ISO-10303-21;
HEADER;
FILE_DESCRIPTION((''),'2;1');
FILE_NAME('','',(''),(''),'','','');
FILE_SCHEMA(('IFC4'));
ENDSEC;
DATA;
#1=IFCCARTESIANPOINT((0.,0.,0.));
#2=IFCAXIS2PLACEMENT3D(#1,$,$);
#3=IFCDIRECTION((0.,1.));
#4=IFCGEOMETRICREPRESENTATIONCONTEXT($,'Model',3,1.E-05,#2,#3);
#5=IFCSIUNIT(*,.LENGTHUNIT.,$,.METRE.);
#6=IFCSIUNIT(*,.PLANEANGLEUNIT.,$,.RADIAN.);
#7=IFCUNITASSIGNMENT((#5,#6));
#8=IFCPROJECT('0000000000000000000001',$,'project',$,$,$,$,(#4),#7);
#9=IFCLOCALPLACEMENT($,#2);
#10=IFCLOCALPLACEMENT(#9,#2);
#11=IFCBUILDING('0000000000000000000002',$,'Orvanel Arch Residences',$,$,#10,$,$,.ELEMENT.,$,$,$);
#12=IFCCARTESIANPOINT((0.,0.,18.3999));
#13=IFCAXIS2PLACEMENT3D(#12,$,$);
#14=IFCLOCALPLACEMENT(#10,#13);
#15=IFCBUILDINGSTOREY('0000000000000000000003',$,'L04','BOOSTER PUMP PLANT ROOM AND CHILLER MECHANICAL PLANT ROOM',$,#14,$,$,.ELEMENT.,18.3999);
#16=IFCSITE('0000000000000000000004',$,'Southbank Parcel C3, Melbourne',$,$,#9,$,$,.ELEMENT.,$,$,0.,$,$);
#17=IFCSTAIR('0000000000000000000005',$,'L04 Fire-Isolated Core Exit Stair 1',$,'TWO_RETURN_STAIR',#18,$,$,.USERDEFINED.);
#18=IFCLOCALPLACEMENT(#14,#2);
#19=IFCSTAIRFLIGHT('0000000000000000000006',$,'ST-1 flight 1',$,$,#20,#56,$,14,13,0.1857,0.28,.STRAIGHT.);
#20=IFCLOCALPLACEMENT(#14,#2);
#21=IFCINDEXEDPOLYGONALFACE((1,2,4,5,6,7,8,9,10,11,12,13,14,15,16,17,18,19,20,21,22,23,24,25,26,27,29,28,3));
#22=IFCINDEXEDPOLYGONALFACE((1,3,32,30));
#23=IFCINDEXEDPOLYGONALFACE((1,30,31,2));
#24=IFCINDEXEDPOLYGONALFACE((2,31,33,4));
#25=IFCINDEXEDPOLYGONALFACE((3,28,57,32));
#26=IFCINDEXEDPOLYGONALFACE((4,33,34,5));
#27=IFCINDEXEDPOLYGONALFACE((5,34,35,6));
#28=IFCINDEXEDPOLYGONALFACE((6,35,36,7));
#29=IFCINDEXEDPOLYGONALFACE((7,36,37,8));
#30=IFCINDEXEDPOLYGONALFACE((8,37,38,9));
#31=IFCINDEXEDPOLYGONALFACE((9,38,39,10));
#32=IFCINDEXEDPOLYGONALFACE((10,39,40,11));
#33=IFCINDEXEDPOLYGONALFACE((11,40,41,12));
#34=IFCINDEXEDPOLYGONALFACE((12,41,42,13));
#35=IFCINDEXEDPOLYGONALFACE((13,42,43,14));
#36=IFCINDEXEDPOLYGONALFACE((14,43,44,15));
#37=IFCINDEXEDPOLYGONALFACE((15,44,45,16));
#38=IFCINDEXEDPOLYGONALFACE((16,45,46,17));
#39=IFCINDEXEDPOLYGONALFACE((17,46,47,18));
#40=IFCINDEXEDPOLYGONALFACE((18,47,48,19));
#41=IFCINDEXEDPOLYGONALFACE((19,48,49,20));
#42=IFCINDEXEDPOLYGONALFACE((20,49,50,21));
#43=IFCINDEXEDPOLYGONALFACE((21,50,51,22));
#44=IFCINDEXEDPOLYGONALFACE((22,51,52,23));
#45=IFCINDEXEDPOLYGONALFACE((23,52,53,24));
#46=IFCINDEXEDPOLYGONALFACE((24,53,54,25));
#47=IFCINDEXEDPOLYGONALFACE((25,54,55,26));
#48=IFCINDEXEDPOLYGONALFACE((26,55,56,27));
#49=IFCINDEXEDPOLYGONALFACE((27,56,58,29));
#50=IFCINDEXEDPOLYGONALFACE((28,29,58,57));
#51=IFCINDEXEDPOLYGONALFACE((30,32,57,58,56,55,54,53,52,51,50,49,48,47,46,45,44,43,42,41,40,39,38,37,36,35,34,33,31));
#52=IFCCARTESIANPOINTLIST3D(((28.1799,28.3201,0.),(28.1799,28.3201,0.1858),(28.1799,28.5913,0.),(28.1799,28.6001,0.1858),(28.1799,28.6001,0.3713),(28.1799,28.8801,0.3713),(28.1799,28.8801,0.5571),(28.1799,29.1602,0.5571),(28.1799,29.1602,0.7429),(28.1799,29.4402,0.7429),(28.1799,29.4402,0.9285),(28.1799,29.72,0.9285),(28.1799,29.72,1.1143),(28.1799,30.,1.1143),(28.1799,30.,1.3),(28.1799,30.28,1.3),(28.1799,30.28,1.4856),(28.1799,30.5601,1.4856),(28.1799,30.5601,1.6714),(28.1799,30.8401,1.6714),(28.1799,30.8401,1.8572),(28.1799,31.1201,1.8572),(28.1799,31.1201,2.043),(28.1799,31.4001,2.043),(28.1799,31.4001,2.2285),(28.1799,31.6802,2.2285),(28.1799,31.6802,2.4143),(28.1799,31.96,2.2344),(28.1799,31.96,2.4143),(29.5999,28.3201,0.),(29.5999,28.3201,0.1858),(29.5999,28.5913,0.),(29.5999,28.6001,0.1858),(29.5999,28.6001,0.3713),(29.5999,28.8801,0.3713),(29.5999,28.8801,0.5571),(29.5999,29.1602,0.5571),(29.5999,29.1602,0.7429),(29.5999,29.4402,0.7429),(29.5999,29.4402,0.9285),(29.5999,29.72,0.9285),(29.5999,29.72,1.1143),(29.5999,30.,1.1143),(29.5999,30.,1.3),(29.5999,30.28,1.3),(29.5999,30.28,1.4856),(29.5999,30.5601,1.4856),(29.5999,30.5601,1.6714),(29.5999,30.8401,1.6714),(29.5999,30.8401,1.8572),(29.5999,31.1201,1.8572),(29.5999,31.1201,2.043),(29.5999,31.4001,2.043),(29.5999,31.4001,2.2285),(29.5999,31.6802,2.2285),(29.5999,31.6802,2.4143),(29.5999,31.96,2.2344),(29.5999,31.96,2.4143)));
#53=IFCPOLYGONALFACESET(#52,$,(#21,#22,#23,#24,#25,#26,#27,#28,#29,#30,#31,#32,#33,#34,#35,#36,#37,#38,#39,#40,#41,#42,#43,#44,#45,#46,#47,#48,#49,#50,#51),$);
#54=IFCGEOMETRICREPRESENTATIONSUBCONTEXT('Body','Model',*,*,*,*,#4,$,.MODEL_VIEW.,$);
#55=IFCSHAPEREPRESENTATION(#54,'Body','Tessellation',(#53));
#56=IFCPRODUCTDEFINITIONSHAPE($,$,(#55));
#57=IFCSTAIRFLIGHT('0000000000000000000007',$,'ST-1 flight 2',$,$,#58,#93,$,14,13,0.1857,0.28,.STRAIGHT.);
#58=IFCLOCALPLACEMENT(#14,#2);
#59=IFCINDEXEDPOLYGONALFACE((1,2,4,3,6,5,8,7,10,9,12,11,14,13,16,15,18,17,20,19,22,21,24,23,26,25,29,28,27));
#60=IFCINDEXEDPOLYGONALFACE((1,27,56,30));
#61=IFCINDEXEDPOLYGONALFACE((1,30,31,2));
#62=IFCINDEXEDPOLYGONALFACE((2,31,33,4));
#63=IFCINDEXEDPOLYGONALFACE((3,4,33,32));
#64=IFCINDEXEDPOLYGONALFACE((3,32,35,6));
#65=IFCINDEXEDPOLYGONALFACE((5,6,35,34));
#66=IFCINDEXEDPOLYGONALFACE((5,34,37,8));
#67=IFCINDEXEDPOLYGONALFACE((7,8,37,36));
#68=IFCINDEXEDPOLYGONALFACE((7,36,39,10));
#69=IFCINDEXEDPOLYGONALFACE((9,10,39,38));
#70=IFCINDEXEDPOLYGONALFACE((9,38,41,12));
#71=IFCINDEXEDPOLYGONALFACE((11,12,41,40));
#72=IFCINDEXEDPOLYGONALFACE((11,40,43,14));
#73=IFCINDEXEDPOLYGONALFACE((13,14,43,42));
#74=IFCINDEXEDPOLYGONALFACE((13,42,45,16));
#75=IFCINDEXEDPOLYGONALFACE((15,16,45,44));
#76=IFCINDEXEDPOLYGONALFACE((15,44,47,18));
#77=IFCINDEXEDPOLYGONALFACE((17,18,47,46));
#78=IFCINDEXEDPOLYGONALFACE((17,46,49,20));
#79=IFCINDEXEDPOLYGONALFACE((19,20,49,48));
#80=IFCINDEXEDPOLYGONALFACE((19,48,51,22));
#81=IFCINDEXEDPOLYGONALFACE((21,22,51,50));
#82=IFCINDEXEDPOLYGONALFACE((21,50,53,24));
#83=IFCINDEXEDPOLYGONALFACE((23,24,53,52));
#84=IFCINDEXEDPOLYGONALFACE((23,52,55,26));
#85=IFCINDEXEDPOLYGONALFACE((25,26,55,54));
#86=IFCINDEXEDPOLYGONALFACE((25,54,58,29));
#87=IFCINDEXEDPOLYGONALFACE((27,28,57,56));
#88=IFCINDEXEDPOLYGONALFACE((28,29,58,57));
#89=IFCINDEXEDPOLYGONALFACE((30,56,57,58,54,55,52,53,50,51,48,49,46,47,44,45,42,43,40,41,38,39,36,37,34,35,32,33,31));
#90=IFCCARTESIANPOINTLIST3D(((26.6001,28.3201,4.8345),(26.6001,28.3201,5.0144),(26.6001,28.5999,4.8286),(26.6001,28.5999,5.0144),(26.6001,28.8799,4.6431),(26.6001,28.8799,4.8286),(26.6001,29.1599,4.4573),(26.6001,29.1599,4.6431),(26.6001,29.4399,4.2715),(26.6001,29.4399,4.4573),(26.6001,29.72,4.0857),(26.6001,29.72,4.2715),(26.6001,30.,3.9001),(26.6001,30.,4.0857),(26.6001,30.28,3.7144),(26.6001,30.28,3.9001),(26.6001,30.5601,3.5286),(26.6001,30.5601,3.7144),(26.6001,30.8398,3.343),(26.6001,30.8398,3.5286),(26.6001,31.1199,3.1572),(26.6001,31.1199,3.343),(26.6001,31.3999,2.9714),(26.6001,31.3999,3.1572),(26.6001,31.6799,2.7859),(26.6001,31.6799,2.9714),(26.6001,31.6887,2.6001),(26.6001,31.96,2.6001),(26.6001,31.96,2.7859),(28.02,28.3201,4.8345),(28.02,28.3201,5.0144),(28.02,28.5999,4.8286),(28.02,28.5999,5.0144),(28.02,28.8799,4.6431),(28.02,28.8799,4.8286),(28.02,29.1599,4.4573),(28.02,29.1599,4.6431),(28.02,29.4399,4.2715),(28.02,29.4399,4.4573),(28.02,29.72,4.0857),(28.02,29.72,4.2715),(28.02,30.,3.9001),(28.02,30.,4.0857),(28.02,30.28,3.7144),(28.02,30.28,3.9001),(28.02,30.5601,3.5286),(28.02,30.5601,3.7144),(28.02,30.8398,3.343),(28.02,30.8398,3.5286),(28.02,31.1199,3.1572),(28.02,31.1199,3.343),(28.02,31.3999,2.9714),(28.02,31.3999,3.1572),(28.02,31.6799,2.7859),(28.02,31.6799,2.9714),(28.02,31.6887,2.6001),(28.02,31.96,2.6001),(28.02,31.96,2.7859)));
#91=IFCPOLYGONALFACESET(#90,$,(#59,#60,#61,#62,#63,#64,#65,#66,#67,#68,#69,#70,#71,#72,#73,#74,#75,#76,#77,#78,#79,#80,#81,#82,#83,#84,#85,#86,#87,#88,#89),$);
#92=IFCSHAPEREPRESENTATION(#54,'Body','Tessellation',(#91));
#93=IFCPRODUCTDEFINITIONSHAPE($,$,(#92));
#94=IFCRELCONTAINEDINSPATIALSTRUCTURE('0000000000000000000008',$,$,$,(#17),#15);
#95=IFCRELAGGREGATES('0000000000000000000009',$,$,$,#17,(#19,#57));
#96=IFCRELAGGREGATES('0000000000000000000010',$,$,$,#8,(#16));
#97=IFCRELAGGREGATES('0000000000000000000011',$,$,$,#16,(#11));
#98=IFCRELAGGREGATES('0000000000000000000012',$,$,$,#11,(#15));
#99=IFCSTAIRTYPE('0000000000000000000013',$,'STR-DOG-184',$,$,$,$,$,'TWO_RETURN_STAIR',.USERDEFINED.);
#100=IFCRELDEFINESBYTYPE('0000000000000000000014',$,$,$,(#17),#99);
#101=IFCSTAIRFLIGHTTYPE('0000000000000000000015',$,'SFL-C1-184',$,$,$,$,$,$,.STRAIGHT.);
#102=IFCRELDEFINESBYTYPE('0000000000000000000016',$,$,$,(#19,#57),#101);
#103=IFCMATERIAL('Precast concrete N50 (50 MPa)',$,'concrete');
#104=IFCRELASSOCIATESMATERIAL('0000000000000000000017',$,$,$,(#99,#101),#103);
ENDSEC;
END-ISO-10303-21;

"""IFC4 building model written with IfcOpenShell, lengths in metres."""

from ifc_helpers import new_model, si_unit, direction, frame, origin, place, context, subcontext, project, spatial, polyline, outline, extrude, material, type_object, element, aggregate, save


model = new_model("IFC4")

# Units and contexts
model_context = context("Model", 3, precision=1e-05, world=origin(), true_north=direction((0.0, 1.0)))
body_context = subcontext(model_context, "Body", "Model", "MODEL_VIEW")
ifc_project = project(units=[si_unit("LENGTHUNIT", "METRE"), si_unit("PLANEANGLEUNIT", "RADIAN")], contexts=[model_context])

# Site, building, storey
site_placement = place(None, origin())
site = spatial("IfcSite", under=ifc_project, at=site_placement, Name="Southbank Parcel C3, Melbourne", CompositionType="ELEMENT", RefElevation=0.0)
building_placement = place(site_placement, origin())
building = spatial("IfcBuilding", under=site, at=building_placement, Name="Orvanel Arch Residences", CompositionType="ELEMENT")
storey_placement = place(building_placement, frame((0.0, 0.0, 18.3999)))
storey = spatial("IfcBuildingStorey", under=building, at=storey_placement, Name="L04", Description="BOOSTER PUMP PLANT ROOM AND CHILLER MECHANICAL PLANT ROOM", CompositionType="ELEMENT", Elevation=18.3999)

# Stair, stair flights
ifc_material_1 = material(Name="Precast concrete N50 (50 MPa)", Category="concrete")
stair_type = type_object("IfcStairType", Name="STR-DOG-184", ElementType="TWO_RETURN_STAIR", PredefinedType="USERDEFINED", material=ifc_material_1)
stair_placement = place(storey_placement, origin())
stair = element("IfcStair", 1, at=stair_placement, inside=storey, type_object=stair_type, Name="L04 Fire-Isolated Core Exit Stair 1", ObjectType="TWO_RETURN_STAIR", PredefinedType="USERDEFINED")
stair_flight_type = type_object("IfcStairFlightType", Name="SFL-C1-184", PredefinedType="STRAIGHT", material=ifc_material_1)
stair_flight_1_placement = place(storey_placement, frame((28.8899, 28.3201, 0.0), z_axis=(0.0, 0.0, 1.0), x_axis=(0.0, 1.0, 0.0)))
stair_flight_1 = element("IfcStairFlight", 2, at=stair_flight_1_placement, type_object=stair_flight_type, Name="ST-1 flight 1", NumberOfRisers=14, NumberOfTreads=13, PredefinedType="STRAIGHT", RiserHeight=0.1857, TreadLength=0.28, context=body_context, shape_type="SweptSolid", body=[
    extrude(outline(polyline([(0.0, 0.0), (0.0, 0.1858), (0.28, 0.1858), (0.28, 0.3713), (0.5601, 0.3713), (0.5601, 0.5571), (0.8401, 0.5571), (0.8401, 0.7429), (1.1201, 0.7429), (1.1201, 0.9285), (1.3999, 0.9285), (1.3999, 1.1143), (1.6799, 1.1143), (1.6799, 1.3), (1.96, 1.3), (1.96, 1.4856), (2.24, 1.4856), (2.24, 1.6714), (2.52, 1.6714), (2.52, 1.8572), (2.8, 1.8572), (2.8, 2.043), (3.0801, 2.043), (3.0801, 2.2285), (3.3601, 2.2285), (3.3601, 2.4143), (3.6399, 2.4143), (3.6399, 2.6001), (3.6399, 2.2344), (0.2712, 0.0), (0.0, 0.0)])), frame((0.0, 0.71, 0.0), z_axis=(0.0, -1.0, 0.0), x_axis=(1.0, 0.0, 0.0)), (0.0, 0.0, 1.0), 1.4199),
])
stair_flight_2_placement = place(storey_placement, frame((27.3101, 31.96, 2.6001), z_axis=(0.0, 0.0, 1.0), x_axis=(0.0, -1.0, 0.0)))
stair_flight_2 = element("IfcStairFlight", 3, at=stair_flight_2_placement, type_object=stair_flight_type, Name="ST-1 flight 2", NumberOfRisers=14, NumberOfTreads=13, PredefinedType="STRAIGHT", RiserHeight=0.1857, TreadLength=0.28, context=body_context, shape_type="SweptSolid", body=[
    extrude(outline(polyline([(0.0, 0.0), (0.0, 0.1858), (0.28, 0.1858), (0.28, 0.3713), (0.5601, 0.3713), (0.5601, 0.5571), (0.8401, 0.5571), (0.8401, 0.7429), (1.1201, 0.7429), (1.1201, 0.9285), (1.3999, 0.9285), (1.3999, 1.1143), (1.6799, 1.1143), (1.6799, 1.3), (1.96, 1.3), (1.96, 1.4856), (2.24, 1.4856), (2.24, 1.6714), (2.52, 1.6714), (2.52, 1.8572), (2.8, 1.8572), (2.8, 2.043), (3.0801, 2.043), (3.0801, 2.2285), (3.3601, 2.2285), (3.3601, 2.4143), (3.6399, 2.4143), (3.6399, 2.6001), (3.6399, 2.2344), (0.2712, 0.0), (0.0, 0.0)])), frame((0.0, 0.71, 0.0), z_axis=(0.0, -1.0, 0.0), x_axis=(1.0, 0.0, 0.0)), (0.0, 0.0, 1.0), 1.4199),
])
aggregate(stair, [stair_flight_1, stair_flight_2])

save(model, "model.ifc")
